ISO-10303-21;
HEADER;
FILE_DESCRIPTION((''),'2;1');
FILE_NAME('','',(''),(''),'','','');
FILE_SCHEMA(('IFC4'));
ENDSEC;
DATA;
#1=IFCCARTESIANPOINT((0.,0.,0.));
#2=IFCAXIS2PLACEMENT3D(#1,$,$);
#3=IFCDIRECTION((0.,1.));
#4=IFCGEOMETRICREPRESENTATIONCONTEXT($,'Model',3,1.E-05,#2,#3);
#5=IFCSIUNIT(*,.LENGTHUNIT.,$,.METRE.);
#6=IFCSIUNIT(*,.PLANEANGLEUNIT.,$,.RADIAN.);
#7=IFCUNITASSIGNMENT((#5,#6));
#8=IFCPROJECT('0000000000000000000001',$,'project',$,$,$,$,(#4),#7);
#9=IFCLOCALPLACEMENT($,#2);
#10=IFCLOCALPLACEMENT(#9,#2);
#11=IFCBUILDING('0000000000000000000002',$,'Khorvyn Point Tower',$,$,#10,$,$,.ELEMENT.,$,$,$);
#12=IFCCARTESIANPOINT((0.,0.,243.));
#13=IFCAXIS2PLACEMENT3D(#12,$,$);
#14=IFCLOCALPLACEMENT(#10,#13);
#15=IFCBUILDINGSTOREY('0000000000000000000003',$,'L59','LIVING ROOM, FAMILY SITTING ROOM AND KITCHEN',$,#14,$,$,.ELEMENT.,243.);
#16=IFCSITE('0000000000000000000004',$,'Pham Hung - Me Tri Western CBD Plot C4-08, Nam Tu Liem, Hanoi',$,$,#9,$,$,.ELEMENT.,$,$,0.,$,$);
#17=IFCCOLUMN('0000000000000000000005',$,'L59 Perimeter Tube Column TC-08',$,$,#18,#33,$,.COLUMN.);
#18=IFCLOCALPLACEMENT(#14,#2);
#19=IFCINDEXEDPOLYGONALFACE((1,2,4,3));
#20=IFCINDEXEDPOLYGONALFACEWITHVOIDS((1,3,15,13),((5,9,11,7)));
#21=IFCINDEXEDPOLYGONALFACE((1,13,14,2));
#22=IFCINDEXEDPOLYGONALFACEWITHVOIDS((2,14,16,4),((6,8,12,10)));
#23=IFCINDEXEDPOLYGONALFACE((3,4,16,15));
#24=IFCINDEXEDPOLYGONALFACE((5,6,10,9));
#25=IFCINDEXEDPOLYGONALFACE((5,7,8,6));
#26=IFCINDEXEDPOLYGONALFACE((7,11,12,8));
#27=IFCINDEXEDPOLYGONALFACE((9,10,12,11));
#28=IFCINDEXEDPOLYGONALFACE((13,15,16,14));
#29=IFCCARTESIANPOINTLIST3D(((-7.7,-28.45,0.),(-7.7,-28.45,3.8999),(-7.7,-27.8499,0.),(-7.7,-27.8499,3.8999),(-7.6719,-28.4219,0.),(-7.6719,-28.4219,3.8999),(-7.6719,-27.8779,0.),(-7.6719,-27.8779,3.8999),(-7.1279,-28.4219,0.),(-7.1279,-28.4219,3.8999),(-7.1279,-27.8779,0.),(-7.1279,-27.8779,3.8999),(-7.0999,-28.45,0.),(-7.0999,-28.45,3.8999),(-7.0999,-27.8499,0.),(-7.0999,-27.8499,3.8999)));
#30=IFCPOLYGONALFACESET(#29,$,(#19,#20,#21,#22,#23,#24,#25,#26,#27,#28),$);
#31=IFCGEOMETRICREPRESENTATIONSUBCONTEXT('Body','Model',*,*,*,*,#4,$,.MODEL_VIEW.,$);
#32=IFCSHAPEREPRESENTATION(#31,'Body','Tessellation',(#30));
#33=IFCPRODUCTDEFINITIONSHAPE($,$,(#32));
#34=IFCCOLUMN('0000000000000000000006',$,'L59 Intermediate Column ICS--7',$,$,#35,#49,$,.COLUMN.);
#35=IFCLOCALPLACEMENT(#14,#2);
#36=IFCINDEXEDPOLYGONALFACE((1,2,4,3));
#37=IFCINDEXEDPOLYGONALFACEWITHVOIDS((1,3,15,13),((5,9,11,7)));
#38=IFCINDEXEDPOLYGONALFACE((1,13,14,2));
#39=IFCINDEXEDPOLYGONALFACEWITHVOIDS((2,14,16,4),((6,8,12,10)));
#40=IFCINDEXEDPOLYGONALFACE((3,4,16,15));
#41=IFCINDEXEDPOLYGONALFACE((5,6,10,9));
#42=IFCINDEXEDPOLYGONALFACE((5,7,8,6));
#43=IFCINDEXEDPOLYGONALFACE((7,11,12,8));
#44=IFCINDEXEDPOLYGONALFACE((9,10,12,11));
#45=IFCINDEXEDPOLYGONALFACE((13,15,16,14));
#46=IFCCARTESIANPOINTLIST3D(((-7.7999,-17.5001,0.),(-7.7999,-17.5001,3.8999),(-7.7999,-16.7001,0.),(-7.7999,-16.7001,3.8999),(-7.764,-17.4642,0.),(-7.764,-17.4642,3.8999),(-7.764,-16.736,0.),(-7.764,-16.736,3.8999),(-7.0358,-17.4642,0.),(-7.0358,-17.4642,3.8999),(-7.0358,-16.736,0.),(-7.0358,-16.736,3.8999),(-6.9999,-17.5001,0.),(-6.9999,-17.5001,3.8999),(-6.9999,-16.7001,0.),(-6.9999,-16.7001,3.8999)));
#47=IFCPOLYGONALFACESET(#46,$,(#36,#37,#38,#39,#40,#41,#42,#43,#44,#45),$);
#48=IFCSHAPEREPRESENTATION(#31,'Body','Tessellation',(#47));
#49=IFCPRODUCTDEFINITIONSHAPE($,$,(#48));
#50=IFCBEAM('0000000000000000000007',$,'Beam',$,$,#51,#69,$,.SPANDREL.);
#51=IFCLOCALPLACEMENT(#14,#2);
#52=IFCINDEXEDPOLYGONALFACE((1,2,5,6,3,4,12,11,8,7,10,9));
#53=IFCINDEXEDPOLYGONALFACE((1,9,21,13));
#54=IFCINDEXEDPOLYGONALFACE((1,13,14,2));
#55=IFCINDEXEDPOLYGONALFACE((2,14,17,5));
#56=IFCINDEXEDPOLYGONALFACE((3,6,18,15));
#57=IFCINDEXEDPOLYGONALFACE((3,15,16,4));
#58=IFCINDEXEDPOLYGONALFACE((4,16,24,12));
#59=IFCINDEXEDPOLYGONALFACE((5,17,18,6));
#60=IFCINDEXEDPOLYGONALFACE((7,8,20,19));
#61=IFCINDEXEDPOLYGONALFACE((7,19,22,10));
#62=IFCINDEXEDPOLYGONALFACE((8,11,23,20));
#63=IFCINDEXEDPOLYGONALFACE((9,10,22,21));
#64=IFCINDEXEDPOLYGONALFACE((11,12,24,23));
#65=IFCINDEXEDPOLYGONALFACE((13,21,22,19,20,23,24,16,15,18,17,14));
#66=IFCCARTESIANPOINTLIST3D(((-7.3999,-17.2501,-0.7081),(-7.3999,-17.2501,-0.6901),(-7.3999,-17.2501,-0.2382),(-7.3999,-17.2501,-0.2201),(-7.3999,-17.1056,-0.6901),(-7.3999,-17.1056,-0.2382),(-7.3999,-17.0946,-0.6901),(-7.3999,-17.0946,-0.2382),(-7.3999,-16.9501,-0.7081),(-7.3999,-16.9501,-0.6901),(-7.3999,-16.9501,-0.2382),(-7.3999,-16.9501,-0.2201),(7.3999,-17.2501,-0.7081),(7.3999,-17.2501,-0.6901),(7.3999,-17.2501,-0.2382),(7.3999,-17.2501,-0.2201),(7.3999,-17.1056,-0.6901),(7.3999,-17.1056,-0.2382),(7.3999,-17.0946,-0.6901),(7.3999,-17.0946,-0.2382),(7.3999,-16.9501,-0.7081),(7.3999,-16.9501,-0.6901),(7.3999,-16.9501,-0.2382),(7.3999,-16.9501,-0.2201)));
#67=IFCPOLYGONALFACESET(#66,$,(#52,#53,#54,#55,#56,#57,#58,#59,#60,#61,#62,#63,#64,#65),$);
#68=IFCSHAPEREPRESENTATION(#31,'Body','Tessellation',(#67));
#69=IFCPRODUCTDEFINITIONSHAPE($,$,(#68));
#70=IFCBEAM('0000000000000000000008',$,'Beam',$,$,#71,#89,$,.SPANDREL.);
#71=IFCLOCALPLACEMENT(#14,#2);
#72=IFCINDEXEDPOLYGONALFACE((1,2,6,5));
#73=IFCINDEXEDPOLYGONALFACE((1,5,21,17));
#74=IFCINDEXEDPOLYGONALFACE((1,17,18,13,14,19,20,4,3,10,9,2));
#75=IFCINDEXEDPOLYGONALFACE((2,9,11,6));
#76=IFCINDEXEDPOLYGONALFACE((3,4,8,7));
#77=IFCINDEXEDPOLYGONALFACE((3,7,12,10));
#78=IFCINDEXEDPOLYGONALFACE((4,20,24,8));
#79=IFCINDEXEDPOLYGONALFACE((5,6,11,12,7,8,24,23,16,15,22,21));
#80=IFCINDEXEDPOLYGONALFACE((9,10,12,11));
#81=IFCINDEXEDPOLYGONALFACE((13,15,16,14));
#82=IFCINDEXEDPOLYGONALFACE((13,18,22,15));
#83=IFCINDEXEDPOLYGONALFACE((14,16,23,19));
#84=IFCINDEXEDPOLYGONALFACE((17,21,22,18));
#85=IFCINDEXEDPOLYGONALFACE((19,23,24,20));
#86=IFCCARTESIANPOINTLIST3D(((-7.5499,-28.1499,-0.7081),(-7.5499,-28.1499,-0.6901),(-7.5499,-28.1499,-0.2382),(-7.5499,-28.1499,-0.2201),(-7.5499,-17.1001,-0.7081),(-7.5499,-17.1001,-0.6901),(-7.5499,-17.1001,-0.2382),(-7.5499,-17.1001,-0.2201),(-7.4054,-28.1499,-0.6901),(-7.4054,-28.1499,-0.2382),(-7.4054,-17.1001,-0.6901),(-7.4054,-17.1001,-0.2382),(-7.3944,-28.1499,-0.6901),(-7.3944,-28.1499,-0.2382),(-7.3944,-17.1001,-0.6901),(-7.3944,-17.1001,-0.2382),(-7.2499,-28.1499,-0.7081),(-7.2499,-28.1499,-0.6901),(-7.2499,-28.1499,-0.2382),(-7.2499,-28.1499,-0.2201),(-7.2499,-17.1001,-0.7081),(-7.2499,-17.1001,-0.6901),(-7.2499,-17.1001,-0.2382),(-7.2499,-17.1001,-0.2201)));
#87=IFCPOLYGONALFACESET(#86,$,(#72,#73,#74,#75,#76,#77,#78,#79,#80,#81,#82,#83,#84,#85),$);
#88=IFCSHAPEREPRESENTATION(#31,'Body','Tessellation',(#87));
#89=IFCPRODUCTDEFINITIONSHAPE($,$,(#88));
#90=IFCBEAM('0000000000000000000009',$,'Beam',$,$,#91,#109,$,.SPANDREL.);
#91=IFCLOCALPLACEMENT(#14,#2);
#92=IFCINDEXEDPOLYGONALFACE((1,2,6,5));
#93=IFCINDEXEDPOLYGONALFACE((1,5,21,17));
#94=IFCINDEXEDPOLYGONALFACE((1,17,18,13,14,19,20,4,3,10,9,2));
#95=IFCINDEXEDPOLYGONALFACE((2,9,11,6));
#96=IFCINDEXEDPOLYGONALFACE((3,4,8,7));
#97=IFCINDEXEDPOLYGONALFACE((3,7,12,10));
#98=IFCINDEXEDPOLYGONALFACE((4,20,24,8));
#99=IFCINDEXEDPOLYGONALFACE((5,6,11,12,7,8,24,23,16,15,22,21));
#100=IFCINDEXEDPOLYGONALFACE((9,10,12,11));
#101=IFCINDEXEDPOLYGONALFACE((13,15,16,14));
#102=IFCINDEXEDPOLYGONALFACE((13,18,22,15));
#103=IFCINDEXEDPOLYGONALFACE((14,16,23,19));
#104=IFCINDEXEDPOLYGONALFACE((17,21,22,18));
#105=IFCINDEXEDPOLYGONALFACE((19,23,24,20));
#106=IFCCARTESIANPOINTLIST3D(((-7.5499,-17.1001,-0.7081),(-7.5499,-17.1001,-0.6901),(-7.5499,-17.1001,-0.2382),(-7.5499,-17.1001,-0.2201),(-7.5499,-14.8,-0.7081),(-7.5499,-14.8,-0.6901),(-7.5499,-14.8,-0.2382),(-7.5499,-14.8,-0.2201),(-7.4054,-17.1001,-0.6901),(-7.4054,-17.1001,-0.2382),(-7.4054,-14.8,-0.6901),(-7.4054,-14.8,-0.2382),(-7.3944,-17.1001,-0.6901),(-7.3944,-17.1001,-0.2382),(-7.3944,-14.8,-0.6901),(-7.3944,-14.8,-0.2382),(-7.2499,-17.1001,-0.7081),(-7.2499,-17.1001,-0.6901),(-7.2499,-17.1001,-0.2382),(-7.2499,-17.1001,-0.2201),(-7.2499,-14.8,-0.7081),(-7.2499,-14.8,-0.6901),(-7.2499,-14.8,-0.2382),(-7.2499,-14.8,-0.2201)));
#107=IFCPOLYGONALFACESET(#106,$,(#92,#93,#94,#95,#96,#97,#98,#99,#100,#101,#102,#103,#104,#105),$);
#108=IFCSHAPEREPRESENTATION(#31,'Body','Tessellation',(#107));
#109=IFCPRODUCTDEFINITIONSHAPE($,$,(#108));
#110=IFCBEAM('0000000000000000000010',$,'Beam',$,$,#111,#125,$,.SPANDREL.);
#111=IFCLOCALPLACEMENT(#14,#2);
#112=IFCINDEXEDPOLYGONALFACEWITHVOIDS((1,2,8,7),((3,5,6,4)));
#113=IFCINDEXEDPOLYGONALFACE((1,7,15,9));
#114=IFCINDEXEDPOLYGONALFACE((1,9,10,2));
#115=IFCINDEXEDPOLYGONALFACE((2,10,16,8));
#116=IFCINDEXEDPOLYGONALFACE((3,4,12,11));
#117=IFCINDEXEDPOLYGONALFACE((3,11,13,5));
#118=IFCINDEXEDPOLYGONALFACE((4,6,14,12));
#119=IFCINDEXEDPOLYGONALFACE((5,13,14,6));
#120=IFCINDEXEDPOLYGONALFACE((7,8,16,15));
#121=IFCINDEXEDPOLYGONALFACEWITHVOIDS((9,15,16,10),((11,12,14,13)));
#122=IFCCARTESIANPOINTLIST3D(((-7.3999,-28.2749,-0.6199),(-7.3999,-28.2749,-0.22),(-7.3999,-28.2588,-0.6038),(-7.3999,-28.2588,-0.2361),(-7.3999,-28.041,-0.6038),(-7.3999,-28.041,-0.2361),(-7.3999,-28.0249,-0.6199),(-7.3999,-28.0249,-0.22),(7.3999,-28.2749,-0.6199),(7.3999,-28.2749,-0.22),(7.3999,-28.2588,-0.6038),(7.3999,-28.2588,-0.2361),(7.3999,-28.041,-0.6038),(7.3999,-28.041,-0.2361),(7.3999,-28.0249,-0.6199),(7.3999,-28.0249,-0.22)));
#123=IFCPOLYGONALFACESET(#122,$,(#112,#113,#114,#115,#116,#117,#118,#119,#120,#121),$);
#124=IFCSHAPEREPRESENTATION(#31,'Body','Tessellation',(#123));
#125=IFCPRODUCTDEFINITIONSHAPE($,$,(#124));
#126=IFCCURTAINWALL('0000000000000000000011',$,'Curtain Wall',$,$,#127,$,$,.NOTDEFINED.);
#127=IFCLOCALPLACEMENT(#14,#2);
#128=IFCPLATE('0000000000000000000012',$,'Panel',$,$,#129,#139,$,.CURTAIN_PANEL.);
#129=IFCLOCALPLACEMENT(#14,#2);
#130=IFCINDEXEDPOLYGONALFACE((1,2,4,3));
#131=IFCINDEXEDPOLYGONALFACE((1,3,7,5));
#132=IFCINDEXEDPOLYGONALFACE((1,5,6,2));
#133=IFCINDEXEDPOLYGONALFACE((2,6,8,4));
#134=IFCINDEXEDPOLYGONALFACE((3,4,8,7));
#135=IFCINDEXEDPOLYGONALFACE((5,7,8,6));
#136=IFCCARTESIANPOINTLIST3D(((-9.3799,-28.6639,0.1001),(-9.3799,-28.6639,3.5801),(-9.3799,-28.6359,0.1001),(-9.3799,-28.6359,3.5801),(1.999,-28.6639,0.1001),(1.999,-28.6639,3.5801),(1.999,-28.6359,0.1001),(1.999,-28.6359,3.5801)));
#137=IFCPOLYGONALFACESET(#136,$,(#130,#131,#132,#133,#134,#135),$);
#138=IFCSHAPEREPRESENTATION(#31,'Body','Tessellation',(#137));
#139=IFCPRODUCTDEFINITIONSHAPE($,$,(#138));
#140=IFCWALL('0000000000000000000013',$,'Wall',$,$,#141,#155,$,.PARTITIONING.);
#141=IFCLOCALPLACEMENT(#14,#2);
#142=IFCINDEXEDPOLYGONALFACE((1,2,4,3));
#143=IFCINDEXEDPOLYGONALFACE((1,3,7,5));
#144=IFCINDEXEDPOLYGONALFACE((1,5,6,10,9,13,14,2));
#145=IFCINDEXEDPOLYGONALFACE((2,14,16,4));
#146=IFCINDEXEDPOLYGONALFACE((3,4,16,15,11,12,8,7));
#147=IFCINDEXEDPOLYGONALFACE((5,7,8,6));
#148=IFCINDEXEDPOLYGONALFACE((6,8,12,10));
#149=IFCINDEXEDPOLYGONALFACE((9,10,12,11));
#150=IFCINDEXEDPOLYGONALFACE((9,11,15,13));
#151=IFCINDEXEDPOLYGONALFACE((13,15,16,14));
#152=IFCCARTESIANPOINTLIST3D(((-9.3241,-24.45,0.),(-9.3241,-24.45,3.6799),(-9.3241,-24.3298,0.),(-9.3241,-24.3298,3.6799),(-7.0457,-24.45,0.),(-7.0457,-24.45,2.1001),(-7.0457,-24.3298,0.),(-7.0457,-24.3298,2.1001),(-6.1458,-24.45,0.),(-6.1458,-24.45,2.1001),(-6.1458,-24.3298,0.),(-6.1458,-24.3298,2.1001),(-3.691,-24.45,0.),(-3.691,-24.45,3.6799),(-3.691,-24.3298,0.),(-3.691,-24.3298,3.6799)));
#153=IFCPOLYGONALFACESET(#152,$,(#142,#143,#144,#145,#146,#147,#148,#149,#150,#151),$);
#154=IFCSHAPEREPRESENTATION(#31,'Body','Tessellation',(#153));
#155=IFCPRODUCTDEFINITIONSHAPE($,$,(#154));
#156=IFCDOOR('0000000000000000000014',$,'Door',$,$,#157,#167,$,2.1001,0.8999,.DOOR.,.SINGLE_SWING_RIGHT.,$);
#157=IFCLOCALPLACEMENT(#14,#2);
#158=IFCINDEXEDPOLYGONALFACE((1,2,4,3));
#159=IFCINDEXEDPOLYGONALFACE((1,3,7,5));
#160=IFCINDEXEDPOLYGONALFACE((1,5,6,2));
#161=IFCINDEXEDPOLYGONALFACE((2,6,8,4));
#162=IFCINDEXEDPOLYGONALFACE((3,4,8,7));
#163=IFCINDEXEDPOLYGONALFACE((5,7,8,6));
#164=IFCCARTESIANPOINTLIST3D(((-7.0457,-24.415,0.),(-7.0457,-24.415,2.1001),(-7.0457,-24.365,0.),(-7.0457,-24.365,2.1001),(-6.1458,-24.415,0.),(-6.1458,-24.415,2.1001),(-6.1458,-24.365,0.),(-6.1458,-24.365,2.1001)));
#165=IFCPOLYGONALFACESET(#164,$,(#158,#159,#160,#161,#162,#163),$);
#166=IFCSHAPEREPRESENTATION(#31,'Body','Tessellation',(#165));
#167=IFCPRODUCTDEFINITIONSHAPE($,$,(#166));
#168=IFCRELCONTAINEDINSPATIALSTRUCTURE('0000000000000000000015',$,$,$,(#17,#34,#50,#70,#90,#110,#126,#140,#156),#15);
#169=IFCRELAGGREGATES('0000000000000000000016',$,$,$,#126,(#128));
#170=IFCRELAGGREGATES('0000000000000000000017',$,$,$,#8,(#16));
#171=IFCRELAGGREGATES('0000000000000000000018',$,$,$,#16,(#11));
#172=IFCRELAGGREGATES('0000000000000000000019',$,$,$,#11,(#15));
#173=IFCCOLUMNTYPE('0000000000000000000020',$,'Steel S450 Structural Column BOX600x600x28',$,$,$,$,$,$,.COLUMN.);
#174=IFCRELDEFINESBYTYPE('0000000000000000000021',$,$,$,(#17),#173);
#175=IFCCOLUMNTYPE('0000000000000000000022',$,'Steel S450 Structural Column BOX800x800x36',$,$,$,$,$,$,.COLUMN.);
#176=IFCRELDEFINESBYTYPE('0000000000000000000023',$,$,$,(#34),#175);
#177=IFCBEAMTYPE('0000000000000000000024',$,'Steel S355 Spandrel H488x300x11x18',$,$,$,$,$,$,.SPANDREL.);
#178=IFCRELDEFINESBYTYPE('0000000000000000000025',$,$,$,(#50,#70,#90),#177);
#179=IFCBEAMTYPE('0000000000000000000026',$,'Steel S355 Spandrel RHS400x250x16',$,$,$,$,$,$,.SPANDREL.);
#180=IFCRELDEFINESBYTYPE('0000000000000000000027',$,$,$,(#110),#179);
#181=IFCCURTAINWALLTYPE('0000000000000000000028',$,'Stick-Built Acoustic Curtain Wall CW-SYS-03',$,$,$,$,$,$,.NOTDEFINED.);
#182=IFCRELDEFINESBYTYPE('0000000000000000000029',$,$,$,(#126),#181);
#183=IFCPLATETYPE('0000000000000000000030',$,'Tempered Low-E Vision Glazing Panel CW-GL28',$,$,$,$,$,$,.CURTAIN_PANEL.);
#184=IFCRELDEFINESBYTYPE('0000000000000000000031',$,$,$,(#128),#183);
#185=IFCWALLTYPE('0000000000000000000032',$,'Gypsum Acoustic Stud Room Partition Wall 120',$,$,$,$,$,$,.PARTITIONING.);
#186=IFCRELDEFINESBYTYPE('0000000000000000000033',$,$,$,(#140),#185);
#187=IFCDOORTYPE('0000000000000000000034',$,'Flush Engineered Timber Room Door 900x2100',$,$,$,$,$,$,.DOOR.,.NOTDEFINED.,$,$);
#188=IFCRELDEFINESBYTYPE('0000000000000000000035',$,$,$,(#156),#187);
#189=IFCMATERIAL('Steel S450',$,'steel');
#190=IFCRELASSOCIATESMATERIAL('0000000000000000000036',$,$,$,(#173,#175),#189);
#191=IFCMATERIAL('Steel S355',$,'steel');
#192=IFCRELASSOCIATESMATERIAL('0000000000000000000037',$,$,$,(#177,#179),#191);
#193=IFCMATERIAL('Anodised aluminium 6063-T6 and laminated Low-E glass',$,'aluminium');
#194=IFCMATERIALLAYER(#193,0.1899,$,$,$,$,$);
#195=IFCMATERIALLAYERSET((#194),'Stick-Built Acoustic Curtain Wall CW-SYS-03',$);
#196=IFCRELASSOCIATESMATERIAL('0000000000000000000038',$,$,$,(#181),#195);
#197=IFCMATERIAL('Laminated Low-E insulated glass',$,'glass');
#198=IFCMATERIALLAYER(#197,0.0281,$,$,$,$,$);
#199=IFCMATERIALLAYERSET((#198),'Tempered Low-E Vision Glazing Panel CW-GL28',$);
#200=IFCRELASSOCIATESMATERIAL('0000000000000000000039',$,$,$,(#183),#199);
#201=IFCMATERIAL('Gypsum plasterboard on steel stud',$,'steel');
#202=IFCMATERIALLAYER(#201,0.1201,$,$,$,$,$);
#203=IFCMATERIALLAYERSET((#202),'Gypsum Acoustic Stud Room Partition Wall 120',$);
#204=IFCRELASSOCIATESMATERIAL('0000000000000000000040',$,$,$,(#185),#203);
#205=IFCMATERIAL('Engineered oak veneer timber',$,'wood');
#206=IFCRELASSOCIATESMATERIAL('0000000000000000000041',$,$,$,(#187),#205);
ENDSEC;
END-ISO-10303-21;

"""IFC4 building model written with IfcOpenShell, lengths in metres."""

from ifc_helpers import new_model, si_unit, direction, frame, frame_2d, origin, origin_2d, place, context, subcontext, project, spatial, rectangle, hollow_rectangle, i_section, extrude, material, layer, layer_set, material_profile, profile_set, type_object, element, fill, aggregate, save


model = new_model("IFC4")

# Units and contexts
model_context = context("Model", 3, precision=1e-05, world=origin(), true_north=direction((0.0, 1.0)))
body_context = subcontext(model_context, "Body", "Model", "MODEL_VIEW")
ifc_project = project(units=[si_unit("LENGTHUNIT", "METRE"), si_unit("PLANEANGLEUNIT", "RADIAN")], contexts=[model_context])

# Site, building, storey
site_placement = place(None, origin())
site = spatial("IfcSite", under=ifc_project, at=site_placement, Name="Pham Hung - Me Tri Western CBD Plot C4-08, Nam Tu Liem, Hanoi", CompositionType="ELEMENT", RefElevation=0.0)
building_placement = place(site_placement, origin())
building = spatial("IfcBuilding", under=site, at=building_placement, Name="Khorvyn Point Tower", CompositionType="ELEMENT")
storey_placement = place(building_placement, frame((0.0, 0.0, 243.0)))
storey = spatial("IfcBuildingStorey", under=building, at=storey_placement, Name="L59", Description="LIVING ROOM, FAMILY SITTING ROOM AND KITCHEN", CompositionType="ELEMENT", Elevation=243.0)

# Columns
ifc_material_1 = material(Name="Steel S450", Category="steel")
ifc_material_profile_1 = material_profile(ifc_material_1, hollow_rectangle(XDim=0.6001, YDim=0.6001, WallThickness=0.0281, at=origin_2d()))
ifc_profile_set_1 = profile_set([ifc_material_profile_1], Name="Steel S450 BOX600x600x28")
column_type_1 = type_object("IfcColumnType", Name="Steel S450 Structural Column BOX600x600x28", PredefinedType="COLUMN", material=ifc_profile_set_1)
column_1_placement = place(storey_placement, frame((-7.3999, -28.1499, 0.0), z_axis=(0.0, 0.0, 1.0), x_axis=(1.0, 0.0, 0.0)))
element("IfcColumn", 1, at=column_1_placement, inside=storey, type_object=column_type_1, Name="L59 Perimeter Tube Column TC-08", PredefinedType="COLUMN", context=body_context, shape_type="SweptSolid", body=[
    extrude(hollow_rectangle(XDim=0.6001, YDim=0.6001, WallThickness=0.0281, at=origin_2d()), origin(), (0.0, 0.0, 1.0), 3.8999),
])
ifc_material_profile_2 = material_profile(ifc_material_1, hollow_rectangle(XDim=0.8, YDim=0.8, WallThickness=0.0359, at=origin_2d()))
ifc_profile_set_2 = profile_set([ifc_material_profile_2], Name="Steel S450 BOX800x800x36")
column_type_2 = type_object("IfcColumnType", Name="Steel S450 Structural Column BOX800x800x36", PredefinedType="COLUMN", material=ifc_profile_set_2)
column_2_placement = place(storey_placement, frame((-7.3999, -17.1001, 0.0), z_axis=(0.0, 0.0, 1.0), x_axis=(1.0, 0.0, 0.0)))
element("IfcColumn", 2, at=column_2_placement, inside=storey, type_object=column_type_2, Name="L59 Intermediate Column ICS--7", PredefinedType="COLUMN", context=body_context, shape_type="SweptSolid", body=[
    extrude(hollow_rectangle(XDim=0.8, YDim=0.8, WallThickness=0.0359, at=origin_2d()), origin(), (0.0, 0.0, 1.0), 3.8999),
])

# Beams
ifc_material_2 = material(Name="Steel S355", Category="steel")
ifc_material_profile_3 = material_profile(ifc_material_2, i_section(OverallWidth=0.3, OverallDepth=0.488, WebThickness=0.011, FlangeThickness=0.0181, at=origin_2d()))
ifc_profile_set_3 = profile_set([ifc_material_profile_3], Name="Steel S355 H488x300x11x18")
beam_type_1 = type_object("IfcBeamType", Name="Steel S355 Spandrel H488x300x11x18", PredefinedType="SPANDREL", material=ifc_profile_set_3)
beam_1_placement = place(storey_placement, frame((-7.3999, -17.1001, -0.4641), z_axis=(1.0, 0.0, 0.0), x_axis=(0.0, 1.0, 0.0)))
element("IfcBeam", 3, at=beam_1_placement, inside=storey, type_object=beam_type_1, Name="Beam", PredefinedType="SPANDREL", context=body_context, shape_type="SweptSolid", body=[
    extrude(i_section(OverallWidth=0.3, OverallDepth=0.488, WebThickness=0.011, FlangeThickness=0.0181, at=origin_2d()), origin(), (0.0, 0.0, 1.0), 14.7998),
])
beam_2_placement = place(storey_placement, frame((-7.3999, -28.1499, -0.4641), z_axis=(0.0, 1.0, 0.0), x_axis=(-1.0, 0.0, 0.0)))
element("IfcBeam", 4, at=beam_2_placement, inside=storey, type_object=beam_type_1, Name="Beam", PredefinedType="SPANDREL", context=body_context, shape_type="SweptSolid", body=[
    extrude(i_section(OverallWidth=0.3, OverallDepth=0.488, WebThickness=0.011, FlangeThickness=0.0181, at=origin_2d()), origin(), (0.0, 0.0, 1.0), 11.0498),
])
beam_3_placement = place(storey_placement, frame((-7.3999, -17.1001, -0.4641), z_axis=(0.0, 1.0, 0.0), x_axis=(-1.0, 0.0, 0.0)))
element("IfcBeam", 5, at=beam_3_placement, inside=storey, type_object=beam_type_1, Name="Beam", PredefinedType="SPANDREL", context=body_context, shape_type="SweptSolid", body=[
    extrude(i_section(OverallWidth=0.3, OverallDepth=0.488, WebThickness=0.011, FlangeThickness=0.0181, at=origin_2d()), origin(), (0.0, 0.0, 1.0), 2.3),
])
ifc_material_profile_4 = material_profile(ifc_material_2, hollow_rectangle(XDim=0.25, YDim=0.3999, WallThickness=0.0161, at=origin_2d()))
ifc_profile_set_4 = profile_set([ifc_material_profile_4], Name="Steel S355 RHS400x250x16")
beam_type_2 = type_object("IfcBeamType", Name="Steel S355 Spandrel RHS400x250x16", PredefinedType="SPANDREL", material=ifc_profile_set_4)
beam_4_placement = place(storey_placement, frame((-7.3999, -28.1499, -0.4199), z_axis=(1.0, 0.0, 0.0), x_axis=(0.0, 1.0, 0.0)))
element("IfcBeam", 6, at=beam_4_placement, inside=storey, type_object=beam_type_2, Name="Beam", PredefinedType="SPANDREL", context=body_context, shape_type="SweptSolid", body=[
    extrude(hollow_rectangle(XDim=0.25, YDim=0.3999, WallThickness=0.0161, at=origin_2d()), origin(), (0.0, 0.0, 1.0), 14.7998),
])

# Curtain wall, plate
ifc_material_3 = material(Name="Anodised aluminium 6063-T6 and laminated Low-E glass", Category="aluminium")
ifc_layer_1 = layer(ifc_material_3, 0.1899)
ifc_layer_set_1 = layer_set([ifc_layer_1], Name="Stick-Built Acoustic Curtain Wall CW-SYS-03")
curtain_wall_type = type_object("IfcCurtainWallType", Name="Stick-Built Acoustic Curtain Wall CW-SYS-03", PredefinedType="NOTDEFINED", material=ifc_layer_set_1)
curtain_wall_placement = place(storey_placement, origin())
curtain_wall = element("IfcCurtainWall", 7, at=curtain_wall_placement, inside=storey, type_object=curtain_wall_type, Name="Curtain Wall", PredefinedType="NOTDEFINED")
ifc_material_4 = material(Name="Laminated Low-E insulated glass", Category="glass")
ifc_layer_2 = layer(ifc_material_4, 0.0281)
ifc_layer_set_2 = layer_set([ifc_layer_2], Name="Tempered Low-E Vision Glazing Panel CW-GL28")
plate_type = type_object("IfcPlateType", Name="Tempered Low-E Vision Glazing Panel CW-GL28", PredefinedType="CURTAIN_PANEL", material=ifc_layer_set_2)
plate_placement = place(storey_placement, frame((-3.6904, -28.6499, 0.1001), z_axis=(0.0, 0.0, 1.0), x_axis=(-1.0, 0.0, 0.0)))
plate = element("IfcPlate", 8, at=plate_placement, type_object=plate_type, Name="Panel", PredefinedType="CURTAIN_PANEL", context=body_context, shape_type="SweptSolid", body=[
    extrude(rectangle(XDim=11.3789, YDim=0.0281, at=origin_2d()), origin(), (0.0, 0.0, 1.0), 3.48),
])
aggregate(curtain_wall, [plate])

# Wall, opening, door
ifc_material_5 = material(Name="Gypsum plasterboard on steel stud", Category="steel")
ifc_layer_3 = layer(ifc_material_5, 0.1201)
ifc_layer_set_3 = layer_set([ifc_layer_3], Name="Gypsum Acoustic Stud Room Partition Wall 120")
wall_type_1 = type_object("IfcWallType", Name="Gypsum Acoustic Stud Room Partition Wall 120", PredefinedType="PARTITIONING", material=ifc_layer_set_3)
wall_1_placement = place(storey_placement, frame((-9.324, -24.3899, 0.0), z_axis=(0.0, 0.0, 1.0), x_axis=(1.0, 0.0, 0.0)))
wall_1 = element("IfcWall", 9, at=wall_1_placement, inside=storey, type_object=wall_type_1, Name="Wall", PredefinedType="PARTITIONING", context=body_context, shape_type="SweptSolid", body=[
    extrude(rectangle(XDim=5.6331, YDim=0.1201, at=frame_2d((2.8164, 0.0))), origin(), (0.0, 0.0, 1.0), 3.6799),
])
opening_1_placement = place(wall_1_placement, frame((2.2783, 0.0, 0.0)))
opening_1 = element("IfcOpeningElement", 10, at=opening_1_placement, cuts=wall_1, PredefinedType="OPENING", context=body_context, shape_type="SweptSolid", body=[
    extrude(rectangle(XDim=0.8999, YDim=2.1001, at=frame_2d((0.45, 1.05))), frame((0.0, 0.0701, 0.0), z_axis=(0.0, -1.0, 0.0), x_axis=(1.0, 0.0, 0.0)), (0.0, 0.0, 1.0), 0.1401),
])
ifc_material_6 = material(Name="Engineered oak veneer timber", Category="wood")
door_type_1 = type_object("IfcDoorType", Name="Flush Engineered Timber Room Door 900x2100", OperationType="NOTDEFINED", PredefinedType="DOOR", material=ifc_material_6)
door_1_placement = place(opening_1_placement, origin())
door_1 = element("IfcDoor", 11, at=door_1_placement, inside=storey, type_object=door_type_1, Name="Door", OperationType="SINGLE_SWING_RIGHT", OverallHeight=2.1001, OverallWidth=0.8999, PredefinedType="DOOR", context=body_context, shape_type="SweptSolid", body=[
    extrude(rectangle(XDim=0.8999, YDim=2.1001, at=frame_2d((0.45, 1.05))), frame((0.0, 0.0249, 0.0), z_axis=(0.0, -1.0, 0.0), x_axis=(1.0, 0.0, 0.0)), (0.0, 0.0, 1.0), 0.05),
])
fill(opening_1, door_1)

save(model, "model.ifc")
